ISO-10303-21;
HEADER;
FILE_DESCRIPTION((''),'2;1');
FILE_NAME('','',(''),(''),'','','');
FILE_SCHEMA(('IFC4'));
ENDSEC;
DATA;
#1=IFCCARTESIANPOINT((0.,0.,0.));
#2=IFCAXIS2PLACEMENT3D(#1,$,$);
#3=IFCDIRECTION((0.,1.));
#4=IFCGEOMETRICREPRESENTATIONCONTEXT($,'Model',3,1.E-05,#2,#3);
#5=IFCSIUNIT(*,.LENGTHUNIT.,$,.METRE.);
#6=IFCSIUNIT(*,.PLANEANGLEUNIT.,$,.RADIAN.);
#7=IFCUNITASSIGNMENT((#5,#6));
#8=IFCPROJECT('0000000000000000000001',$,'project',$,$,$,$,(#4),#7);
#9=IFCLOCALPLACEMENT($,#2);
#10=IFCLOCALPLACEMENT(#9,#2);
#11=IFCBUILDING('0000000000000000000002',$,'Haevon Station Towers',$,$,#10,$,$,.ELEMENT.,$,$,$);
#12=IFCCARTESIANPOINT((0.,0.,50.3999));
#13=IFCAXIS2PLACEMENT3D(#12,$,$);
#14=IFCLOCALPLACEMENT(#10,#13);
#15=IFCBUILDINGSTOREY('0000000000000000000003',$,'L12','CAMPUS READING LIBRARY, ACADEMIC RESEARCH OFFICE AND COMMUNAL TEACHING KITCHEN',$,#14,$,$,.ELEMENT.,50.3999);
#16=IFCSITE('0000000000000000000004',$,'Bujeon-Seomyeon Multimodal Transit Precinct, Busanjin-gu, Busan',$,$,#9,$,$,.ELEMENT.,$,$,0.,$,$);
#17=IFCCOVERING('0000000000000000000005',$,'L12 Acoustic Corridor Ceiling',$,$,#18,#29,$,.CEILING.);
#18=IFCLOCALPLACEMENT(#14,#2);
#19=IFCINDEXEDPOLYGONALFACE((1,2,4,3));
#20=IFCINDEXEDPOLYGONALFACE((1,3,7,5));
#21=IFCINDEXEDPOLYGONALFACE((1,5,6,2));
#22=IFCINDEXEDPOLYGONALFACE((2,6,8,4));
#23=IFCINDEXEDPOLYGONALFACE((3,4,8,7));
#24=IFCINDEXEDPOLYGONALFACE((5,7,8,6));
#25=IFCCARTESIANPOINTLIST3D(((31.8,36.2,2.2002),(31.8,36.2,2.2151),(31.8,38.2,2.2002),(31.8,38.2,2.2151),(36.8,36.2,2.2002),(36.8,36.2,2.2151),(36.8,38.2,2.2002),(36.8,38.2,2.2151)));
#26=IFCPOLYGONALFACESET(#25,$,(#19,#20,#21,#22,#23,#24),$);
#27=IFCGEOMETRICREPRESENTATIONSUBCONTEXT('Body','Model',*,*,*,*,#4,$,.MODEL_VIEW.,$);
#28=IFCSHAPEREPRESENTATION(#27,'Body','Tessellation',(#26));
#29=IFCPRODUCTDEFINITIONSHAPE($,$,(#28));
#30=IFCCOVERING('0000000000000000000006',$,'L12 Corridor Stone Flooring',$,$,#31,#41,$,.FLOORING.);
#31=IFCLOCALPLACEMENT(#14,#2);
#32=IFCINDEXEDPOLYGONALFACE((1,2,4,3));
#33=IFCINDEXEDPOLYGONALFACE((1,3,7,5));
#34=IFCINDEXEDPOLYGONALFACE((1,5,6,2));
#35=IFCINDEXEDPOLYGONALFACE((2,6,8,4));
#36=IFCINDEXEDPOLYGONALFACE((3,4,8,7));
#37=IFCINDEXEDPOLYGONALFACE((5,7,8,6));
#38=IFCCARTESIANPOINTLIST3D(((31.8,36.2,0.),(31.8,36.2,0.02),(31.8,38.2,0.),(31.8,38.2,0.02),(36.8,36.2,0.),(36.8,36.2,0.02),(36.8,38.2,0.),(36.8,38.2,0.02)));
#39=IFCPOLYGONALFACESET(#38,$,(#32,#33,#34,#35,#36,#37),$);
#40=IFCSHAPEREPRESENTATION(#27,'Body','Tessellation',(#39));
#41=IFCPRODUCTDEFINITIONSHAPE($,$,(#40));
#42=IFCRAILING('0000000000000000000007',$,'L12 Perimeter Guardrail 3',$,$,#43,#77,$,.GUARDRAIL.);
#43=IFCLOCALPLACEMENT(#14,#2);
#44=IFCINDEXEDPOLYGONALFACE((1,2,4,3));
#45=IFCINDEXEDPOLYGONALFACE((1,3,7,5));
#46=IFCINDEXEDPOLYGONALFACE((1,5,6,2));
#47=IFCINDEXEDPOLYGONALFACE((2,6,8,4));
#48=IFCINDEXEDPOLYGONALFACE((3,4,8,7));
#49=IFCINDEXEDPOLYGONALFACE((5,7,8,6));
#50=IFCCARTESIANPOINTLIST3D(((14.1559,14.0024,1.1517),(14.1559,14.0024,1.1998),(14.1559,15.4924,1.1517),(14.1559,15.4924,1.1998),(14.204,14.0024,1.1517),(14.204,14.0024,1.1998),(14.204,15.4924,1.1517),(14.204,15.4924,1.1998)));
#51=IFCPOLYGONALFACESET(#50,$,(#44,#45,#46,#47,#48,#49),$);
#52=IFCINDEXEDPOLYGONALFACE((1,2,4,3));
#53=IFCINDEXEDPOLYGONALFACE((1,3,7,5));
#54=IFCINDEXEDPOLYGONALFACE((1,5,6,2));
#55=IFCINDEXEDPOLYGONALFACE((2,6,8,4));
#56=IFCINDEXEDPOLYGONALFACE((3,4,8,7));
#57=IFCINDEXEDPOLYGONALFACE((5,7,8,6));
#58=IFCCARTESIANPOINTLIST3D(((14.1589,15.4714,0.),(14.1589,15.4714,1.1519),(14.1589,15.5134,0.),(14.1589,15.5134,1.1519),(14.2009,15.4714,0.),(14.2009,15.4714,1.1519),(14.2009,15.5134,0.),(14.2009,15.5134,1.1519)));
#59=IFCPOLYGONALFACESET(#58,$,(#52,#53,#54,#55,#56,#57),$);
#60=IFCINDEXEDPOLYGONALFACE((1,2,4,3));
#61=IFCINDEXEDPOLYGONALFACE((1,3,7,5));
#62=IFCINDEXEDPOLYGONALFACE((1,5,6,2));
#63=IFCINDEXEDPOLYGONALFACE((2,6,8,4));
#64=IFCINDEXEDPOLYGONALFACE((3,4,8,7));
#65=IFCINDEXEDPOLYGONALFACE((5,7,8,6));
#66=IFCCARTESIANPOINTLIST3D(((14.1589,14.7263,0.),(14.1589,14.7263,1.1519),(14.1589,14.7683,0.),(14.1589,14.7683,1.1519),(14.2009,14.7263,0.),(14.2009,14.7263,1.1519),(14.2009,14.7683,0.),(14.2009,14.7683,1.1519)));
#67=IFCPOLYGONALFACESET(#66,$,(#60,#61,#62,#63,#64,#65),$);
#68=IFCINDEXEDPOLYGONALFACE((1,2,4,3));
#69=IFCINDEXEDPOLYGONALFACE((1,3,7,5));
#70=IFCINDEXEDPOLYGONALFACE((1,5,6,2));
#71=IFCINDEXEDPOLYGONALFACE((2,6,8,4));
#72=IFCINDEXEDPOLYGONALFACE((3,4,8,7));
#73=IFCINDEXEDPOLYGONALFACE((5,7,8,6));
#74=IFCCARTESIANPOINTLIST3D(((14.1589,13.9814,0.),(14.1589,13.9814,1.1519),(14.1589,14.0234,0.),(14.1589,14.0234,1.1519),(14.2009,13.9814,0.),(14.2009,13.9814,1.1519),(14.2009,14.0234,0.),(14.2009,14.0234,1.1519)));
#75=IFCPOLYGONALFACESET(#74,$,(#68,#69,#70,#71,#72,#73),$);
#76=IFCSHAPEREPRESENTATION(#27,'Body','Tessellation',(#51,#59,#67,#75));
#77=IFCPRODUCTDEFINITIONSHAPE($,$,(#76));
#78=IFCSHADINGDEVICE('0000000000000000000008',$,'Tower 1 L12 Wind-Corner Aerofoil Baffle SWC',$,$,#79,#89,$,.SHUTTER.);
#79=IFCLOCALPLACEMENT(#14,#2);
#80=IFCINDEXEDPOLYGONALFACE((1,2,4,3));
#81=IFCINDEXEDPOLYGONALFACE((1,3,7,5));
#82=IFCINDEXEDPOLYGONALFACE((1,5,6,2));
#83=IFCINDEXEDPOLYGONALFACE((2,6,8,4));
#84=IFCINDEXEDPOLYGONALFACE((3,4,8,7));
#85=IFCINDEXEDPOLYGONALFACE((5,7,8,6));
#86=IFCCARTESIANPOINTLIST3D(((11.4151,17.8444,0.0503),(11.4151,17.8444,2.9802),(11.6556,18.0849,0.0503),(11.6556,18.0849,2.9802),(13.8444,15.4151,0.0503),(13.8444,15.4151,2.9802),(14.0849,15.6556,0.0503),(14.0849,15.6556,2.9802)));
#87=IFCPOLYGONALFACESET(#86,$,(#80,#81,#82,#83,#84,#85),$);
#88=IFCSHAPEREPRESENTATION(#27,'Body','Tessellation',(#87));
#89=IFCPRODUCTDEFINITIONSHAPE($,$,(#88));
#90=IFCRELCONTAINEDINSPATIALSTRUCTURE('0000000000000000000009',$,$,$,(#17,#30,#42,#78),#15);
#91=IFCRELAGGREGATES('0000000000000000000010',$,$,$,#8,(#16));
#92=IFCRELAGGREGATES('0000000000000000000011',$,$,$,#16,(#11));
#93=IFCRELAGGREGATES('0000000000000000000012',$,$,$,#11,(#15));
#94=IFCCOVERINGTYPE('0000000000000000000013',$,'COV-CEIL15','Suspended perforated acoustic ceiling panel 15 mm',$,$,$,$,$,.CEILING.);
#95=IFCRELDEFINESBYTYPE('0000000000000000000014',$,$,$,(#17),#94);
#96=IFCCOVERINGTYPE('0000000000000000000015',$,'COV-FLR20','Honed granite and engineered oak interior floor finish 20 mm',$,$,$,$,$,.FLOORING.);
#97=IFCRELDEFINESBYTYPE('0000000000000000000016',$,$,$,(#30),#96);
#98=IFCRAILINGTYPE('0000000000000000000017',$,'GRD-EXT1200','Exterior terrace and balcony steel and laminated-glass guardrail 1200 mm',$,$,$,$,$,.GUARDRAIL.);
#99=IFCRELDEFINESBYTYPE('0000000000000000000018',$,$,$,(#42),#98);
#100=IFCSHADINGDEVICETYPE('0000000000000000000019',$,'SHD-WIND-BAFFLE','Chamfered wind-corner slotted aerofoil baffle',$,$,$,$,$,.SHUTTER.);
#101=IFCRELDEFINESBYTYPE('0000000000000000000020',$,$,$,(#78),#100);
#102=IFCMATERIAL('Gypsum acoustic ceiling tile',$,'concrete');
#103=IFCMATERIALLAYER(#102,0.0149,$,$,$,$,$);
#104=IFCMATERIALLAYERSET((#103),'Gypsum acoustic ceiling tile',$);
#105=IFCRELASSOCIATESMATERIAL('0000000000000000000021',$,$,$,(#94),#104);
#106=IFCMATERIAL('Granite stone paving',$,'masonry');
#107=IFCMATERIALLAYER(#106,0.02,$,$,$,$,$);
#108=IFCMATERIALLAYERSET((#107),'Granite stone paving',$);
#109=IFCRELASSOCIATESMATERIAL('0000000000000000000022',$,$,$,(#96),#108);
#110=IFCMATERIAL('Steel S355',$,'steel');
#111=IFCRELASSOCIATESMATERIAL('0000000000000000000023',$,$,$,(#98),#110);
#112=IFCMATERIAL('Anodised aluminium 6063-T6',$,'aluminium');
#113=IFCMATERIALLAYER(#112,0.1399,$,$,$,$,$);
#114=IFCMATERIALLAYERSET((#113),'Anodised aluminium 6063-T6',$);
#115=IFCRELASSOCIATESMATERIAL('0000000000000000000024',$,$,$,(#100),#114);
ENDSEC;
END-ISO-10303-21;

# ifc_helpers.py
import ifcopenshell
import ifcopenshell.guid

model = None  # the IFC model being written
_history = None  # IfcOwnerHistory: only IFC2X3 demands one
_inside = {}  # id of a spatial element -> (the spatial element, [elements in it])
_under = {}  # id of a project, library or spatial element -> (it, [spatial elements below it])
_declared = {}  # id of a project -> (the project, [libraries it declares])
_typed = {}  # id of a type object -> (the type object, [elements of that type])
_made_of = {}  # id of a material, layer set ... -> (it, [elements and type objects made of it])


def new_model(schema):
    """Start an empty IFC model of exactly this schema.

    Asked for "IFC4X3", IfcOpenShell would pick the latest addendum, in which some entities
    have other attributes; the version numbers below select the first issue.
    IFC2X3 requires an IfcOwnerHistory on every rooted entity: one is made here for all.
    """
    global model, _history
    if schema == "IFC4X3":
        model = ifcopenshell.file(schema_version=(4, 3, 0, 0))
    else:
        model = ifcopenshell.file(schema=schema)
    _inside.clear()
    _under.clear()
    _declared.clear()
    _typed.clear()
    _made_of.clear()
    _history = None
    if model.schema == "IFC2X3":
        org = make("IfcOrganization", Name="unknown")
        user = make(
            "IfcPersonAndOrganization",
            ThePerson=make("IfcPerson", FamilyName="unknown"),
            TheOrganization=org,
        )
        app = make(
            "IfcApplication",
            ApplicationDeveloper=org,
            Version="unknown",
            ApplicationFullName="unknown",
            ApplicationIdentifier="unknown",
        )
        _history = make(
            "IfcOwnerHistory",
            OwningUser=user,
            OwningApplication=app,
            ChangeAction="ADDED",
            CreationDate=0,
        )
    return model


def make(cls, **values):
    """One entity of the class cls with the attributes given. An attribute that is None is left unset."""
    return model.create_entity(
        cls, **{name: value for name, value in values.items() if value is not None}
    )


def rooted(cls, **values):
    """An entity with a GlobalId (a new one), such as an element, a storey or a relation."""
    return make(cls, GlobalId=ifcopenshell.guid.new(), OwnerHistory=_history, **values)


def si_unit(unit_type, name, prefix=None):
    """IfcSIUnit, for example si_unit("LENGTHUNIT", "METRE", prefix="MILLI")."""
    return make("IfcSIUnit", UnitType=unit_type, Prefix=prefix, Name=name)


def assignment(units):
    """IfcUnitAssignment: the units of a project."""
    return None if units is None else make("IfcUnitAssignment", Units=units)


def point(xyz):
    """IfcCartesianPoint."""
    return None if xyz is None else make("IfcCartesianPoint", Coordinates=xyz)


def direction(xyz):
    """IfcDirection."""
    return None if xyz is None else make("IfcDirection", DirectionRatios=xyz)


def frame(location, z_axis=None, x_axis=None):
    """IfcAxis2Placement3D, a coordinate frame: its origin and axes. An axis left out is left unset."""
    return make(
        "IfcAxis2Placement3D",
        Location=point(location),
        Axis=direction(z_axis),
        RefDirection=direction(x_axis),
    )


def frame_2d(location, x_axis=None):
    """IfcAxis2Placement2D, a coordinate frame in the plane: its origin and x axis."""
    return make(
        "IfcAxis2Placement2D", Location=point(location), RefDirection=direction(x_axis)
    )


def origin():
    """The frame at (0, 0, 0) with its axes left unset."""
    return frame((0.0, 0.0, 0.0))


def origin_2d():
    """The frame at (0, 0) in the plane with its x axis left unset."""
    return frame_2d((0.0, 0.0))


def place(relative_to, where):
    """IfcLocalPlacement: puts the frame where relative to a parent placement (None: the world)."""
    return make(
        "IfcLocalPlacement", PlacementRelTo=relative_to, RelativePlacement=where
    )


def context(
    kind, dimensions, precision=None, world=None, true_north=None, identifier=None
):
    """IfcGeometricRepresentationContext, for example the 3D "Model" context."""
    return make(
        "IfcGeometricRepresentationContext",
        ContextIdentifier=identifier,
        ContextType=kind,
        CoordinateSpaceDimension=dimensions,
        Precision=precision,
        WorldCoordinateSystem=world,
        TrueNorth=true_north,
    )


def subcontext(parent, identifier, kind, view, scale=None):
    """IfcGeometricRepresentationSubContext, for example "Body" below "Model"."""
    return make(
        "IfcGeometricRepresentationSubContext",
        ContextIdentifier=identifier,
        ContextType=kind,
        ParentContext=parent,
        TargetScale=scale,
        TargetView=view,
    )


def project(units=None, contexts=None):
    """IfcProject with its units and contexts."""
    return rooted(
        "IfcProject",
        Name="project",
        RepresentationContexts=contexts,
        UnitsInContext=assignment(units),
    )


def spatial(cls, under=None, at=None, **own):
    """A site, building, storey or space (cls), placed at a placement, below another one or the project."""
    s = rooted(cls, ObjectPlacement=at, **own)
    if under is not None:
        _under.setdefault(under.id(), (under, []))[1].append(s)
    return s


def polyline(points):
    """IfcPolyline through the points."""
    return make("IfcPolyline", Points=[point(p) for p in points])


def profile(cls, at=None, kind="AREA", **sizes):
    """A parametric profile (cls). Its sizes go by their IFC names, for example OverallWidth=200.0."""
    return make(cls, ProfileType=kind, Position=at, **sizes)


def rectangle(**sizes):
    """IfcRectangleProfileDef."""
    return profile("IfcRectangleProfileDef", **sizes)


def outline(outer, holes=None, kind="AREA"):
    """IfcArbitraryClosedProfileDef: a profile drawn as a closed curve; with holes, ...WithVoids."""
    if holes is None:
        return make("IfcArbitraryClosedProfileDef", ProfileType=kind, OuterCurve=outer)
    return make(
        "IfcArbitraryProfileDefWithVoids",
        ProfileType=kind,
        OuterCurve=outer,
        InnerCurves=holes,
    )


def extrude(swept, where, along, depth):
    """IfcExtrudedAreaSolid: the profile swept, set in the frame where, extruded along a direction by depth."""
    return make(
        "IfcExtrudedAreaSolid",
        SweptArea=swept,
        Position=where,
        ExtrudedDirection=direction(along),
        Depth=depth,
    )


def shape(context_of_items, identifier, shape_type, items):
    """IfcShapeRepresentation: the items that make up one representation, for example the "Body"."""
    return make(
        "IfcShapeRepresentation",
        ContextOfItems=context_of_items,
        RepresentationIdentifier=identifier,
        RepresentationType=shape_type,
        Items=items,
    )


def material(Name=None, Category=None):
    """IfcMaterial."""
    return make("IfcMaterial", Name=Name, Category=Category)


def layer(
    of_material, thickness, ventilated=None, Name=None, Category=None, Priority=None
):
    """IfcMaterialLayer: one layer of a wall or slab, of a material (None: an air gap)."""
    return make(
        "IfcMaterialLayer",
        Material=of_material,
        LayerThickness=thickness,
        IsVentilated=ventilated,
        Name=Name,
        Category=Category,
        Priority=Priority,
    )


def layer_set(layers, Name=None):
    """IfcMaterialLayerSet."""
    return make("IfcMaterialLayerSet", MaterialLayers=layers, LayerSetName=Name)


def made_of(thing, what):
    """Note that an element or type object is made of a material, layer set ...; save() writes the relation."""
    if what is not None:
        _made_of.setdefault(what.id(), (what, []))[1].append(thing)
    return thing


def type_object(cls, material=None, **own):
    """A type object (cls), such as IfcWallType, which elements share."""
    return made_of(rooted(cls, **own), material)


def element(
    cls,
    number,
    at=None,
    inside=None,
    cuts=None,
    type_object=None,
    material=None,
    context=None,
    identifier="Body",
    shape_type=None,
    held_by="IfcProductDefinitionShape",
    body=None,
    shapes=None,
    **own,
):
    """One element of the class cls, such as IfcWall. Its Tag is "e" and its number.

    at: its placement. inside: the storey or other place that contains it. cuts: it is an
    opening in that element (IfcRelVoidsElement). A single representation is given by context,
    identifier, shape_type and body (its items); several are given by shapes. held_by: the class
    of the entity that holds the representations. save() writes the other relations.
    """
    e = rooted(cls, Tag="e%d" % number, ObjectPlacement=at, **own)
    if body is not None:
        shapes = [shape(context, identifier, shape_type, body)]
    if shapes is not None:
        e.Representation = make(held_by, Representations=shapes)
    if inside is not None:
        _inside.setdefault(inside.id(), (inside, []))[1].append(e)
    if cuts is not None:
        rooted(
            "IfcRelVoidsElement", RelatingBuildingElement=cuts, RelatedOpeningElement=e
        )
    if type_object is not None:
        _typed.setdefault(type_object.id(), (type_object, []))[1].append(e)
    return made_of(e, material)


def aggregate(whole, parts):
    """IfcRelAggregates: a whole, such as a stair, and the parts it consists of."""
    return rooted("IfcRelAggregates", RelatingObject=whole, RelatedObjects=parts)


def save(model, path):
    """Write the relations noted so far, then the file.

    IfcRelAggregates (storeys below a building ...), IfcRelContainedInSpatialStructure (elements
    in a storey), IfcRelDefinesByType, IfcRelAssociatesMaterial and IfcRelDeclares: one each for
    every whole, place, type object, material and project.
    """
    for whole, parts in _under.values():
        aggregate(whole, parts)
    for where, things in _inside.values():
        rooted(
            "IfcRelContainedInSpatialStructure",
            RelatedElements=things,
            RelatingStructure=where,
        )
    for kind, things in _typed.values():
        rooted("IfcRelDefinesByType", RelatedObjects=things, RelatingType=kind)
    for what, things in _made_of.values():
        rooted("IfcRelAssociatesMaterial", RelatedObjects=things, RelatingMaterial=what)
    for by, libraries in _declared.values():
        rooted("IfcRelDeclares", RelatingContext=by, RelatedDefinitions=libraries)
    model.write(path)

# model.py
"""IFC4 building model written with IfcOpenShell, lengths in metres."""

from ifc_helpers import new_model, si_unit, direction, frame, origin, origin_2d, place, context, subcontext, project, spatial, polyline, rectangle, outline, extrude, material, layer, layer_set, type_object, element, save


model = new_model("IFC4")

# Units and contexts
model_context = context("Model", 3, precision=1e-05, world=origin(), true_north=direction((0.0, 1.0)))
body_context = subcontext(model_context, "Body", "Model", "MODEL_VIEW")
ifc_project = project(units=[si_unit("LENGTHUNIT", "METRE"), si_unit("PLANEANGLEUNIT", "RADIAN")], contexts=[model_context])

# Site, building, storey
site_placement = place(None, origin())
site = spatial("IfcSite", under=ifc_project, at=site_placement, Name="Bujeon-Seomyeon Multimodal Transit Precinct, Busanjin-gu, Busan", CompositionType="ELEMENT", RefElevation=0.0)
building_placement = place(site_placement, origin())
building = spatial("IfcBuilding", under=site, at=building_placement, Name="Haevon Station Towers", CompositionType="ELEMENT")
storey_placement = place(building_placement, frame((0.0, 0.0, 50.3999)))
storey = spatial("IfcBuildingStorey", under=building, at=storey_placement, Name="L12", Description="CAMPUS READING LIBRARY, ACADEMIC RESEARCH OFFICE AND COMMUNAL TEACHING KITCHEN", CompositionType="ELEMENT", Elevation=50.3999)

# Shared definitions
ifc_material_1 = material(Name="Steel S355", Category="steel")

# Coverings
ifc_material_2 = material(Name="Gypsum acoustic ceiling tile", Category="concrete")
ifc_layer_1 = layer(ifc_material_2, 0.0149)
ifc_layer_set_1 = layer_set([ifc_layer_1], Name="Gypsum acoustic ceiling tile")
covering_type_1 = type_object("IfcCoveringType", Name="COV-CEIL15", Description="Suspended perforated acoustic ceiling panel 15 mm", PredefinedType="CEILING", material=ifc_layer_set_1)
covering_1_placement = place(storey_placement, frame((0.0, 0.0, 2.2002)))
element("IfcCovering", 1, at=covering_1_placement, inside=storey, type_object=covering_type_1, Name="L12 Acoustic Corridor Ceiling", PredefinedType="CEILING", context=body_context, shape_type="SweptSolid", body=[
    extrude(outline(polyline([(31.8, 36.2), (36.8, 36.2), (36.8, 38.2), (31.8, 38.2), (31.8, 36.2)])), origin(), (0.0, 0.0, 1.0), 0.0149),
])
ifc_material_3 = material(Name="Granite stone paving", Category="masonry")
ifc_layer_2 = layer(ifc_material_3, 0.02)
ifc_layer_set_2 = layer_set([ifc_layer_2], Name="Granite stone paving")
covering_type_2 = type_object("IfcCoveringType", Name="COV-FLR20", Description="Honed granite and engineered oak interior floor finish 20 mm", PredefinedType="FLOORING", material=ifc_layer_set_2)
covering_2_placement = place(storey_placement, origin())
element("IfcCovering", 2, at=covering_2_placement, inside=storey, type_object=covering_type_2, Name="L12 Corridor Stone Flooring", PredefinedType="FLOORING", context=body_context, shape_type="SweptSolid", body=[
    extrude(outline(polyline([(31.8, 36.2), (36.8, 36.2), (36.8, 38.2), (31.8, 38.2), (31.8, 36.2)])), origin(), (0.0, 0.0, 1.0), 0.02),
])

# Railing
railing_type = type_object("IfcRailingType", Name="GRD-EXT1200", Description="Exterior terrace and balcony steel and laminated-glass guardrail 1200 mm", PredefinedType="GUARDRAIL", material=ifc_material_1)
railing_1_placement = place(storey_placement, frame((14.1799, 15.4924, 0.0)))
element("IfcRailing", 3, at=railing_1_placement, inside=storey, type_object=railing_type, Name="L12 Perimeter Guardrail 3", PredefinedType="GUARDRAIL", context=body_context, shape_type="SweptSolid", body=[
    extrude(rectangle(XDim=0.0481, YDim=0.0481, at=origin_2d()), frame((0.0, 0.0, 1.1758), z_axis=(0.0, -1.0, 0.0), x_axis=(1.0, 0.0, 0.0)), (0.0, 0.0, 1.0), 1.49),
    extrude(rectangle(XDim=0.042, YDim=0.042, at=origin_2d()), origin(), (0.0, 0.0, 1.0), 1.1519),
    extrude(rectangle(XDim=0.042, YDim=0.042, at=origin_2d()), frame((0.0, -0.7451, 0.0)), (0.0, 0.0, 1.0), 1.1519),
    extrude(rectangle(XDim=0.042, YDim=0.042, at=origin_2d()), frame((0.0, -1.49, 0.0)), (0.0, 0.0, 1.0), 1.1519),
])

# Shading device
ifc_material_4 = material(Name="Anodised aluminium 6063-T6", Category="aluminium")
ifc_layer_3 = layer(ifc_material_4, 0.1399)
ifc_layer_set_3 = layer_set([ifc_layer_3], Name="Anodised aluminium 6063-T6")
shading_device_type = type_object("IfcShadingDeviceType", Name="SHD-WIND-BAFFLE", Description="Chamfered wind-corner slotted aerofoil baffle", PredefinedType="SHUTTER", material=ifc_layer_set_3)
shading_device_placement = place(storey_placement, frame((12.75, 16.75, 0.0503), z_axis=(0.0, 0.0, 1.0), x_axis=(-0.707107, 0.707107, 0.0)))
element("IfcShadingDevice", 4, at=shading_device_placement, inside=storey, type_object=shading_device_type, Name="Tower 1 L12 Wind-Corner Aerofoil Baffle SWC", PredefinedType="SHUTTER", context=body_context, shape_type="SweptSolid", body=[
    extrude(rectangle(XDim=3.4355, YDim=0.3401, at=origin_2d()), origin(), (0.0, 0.0, 1.0), 2.9299),
])

save(model, "model.ifc")
